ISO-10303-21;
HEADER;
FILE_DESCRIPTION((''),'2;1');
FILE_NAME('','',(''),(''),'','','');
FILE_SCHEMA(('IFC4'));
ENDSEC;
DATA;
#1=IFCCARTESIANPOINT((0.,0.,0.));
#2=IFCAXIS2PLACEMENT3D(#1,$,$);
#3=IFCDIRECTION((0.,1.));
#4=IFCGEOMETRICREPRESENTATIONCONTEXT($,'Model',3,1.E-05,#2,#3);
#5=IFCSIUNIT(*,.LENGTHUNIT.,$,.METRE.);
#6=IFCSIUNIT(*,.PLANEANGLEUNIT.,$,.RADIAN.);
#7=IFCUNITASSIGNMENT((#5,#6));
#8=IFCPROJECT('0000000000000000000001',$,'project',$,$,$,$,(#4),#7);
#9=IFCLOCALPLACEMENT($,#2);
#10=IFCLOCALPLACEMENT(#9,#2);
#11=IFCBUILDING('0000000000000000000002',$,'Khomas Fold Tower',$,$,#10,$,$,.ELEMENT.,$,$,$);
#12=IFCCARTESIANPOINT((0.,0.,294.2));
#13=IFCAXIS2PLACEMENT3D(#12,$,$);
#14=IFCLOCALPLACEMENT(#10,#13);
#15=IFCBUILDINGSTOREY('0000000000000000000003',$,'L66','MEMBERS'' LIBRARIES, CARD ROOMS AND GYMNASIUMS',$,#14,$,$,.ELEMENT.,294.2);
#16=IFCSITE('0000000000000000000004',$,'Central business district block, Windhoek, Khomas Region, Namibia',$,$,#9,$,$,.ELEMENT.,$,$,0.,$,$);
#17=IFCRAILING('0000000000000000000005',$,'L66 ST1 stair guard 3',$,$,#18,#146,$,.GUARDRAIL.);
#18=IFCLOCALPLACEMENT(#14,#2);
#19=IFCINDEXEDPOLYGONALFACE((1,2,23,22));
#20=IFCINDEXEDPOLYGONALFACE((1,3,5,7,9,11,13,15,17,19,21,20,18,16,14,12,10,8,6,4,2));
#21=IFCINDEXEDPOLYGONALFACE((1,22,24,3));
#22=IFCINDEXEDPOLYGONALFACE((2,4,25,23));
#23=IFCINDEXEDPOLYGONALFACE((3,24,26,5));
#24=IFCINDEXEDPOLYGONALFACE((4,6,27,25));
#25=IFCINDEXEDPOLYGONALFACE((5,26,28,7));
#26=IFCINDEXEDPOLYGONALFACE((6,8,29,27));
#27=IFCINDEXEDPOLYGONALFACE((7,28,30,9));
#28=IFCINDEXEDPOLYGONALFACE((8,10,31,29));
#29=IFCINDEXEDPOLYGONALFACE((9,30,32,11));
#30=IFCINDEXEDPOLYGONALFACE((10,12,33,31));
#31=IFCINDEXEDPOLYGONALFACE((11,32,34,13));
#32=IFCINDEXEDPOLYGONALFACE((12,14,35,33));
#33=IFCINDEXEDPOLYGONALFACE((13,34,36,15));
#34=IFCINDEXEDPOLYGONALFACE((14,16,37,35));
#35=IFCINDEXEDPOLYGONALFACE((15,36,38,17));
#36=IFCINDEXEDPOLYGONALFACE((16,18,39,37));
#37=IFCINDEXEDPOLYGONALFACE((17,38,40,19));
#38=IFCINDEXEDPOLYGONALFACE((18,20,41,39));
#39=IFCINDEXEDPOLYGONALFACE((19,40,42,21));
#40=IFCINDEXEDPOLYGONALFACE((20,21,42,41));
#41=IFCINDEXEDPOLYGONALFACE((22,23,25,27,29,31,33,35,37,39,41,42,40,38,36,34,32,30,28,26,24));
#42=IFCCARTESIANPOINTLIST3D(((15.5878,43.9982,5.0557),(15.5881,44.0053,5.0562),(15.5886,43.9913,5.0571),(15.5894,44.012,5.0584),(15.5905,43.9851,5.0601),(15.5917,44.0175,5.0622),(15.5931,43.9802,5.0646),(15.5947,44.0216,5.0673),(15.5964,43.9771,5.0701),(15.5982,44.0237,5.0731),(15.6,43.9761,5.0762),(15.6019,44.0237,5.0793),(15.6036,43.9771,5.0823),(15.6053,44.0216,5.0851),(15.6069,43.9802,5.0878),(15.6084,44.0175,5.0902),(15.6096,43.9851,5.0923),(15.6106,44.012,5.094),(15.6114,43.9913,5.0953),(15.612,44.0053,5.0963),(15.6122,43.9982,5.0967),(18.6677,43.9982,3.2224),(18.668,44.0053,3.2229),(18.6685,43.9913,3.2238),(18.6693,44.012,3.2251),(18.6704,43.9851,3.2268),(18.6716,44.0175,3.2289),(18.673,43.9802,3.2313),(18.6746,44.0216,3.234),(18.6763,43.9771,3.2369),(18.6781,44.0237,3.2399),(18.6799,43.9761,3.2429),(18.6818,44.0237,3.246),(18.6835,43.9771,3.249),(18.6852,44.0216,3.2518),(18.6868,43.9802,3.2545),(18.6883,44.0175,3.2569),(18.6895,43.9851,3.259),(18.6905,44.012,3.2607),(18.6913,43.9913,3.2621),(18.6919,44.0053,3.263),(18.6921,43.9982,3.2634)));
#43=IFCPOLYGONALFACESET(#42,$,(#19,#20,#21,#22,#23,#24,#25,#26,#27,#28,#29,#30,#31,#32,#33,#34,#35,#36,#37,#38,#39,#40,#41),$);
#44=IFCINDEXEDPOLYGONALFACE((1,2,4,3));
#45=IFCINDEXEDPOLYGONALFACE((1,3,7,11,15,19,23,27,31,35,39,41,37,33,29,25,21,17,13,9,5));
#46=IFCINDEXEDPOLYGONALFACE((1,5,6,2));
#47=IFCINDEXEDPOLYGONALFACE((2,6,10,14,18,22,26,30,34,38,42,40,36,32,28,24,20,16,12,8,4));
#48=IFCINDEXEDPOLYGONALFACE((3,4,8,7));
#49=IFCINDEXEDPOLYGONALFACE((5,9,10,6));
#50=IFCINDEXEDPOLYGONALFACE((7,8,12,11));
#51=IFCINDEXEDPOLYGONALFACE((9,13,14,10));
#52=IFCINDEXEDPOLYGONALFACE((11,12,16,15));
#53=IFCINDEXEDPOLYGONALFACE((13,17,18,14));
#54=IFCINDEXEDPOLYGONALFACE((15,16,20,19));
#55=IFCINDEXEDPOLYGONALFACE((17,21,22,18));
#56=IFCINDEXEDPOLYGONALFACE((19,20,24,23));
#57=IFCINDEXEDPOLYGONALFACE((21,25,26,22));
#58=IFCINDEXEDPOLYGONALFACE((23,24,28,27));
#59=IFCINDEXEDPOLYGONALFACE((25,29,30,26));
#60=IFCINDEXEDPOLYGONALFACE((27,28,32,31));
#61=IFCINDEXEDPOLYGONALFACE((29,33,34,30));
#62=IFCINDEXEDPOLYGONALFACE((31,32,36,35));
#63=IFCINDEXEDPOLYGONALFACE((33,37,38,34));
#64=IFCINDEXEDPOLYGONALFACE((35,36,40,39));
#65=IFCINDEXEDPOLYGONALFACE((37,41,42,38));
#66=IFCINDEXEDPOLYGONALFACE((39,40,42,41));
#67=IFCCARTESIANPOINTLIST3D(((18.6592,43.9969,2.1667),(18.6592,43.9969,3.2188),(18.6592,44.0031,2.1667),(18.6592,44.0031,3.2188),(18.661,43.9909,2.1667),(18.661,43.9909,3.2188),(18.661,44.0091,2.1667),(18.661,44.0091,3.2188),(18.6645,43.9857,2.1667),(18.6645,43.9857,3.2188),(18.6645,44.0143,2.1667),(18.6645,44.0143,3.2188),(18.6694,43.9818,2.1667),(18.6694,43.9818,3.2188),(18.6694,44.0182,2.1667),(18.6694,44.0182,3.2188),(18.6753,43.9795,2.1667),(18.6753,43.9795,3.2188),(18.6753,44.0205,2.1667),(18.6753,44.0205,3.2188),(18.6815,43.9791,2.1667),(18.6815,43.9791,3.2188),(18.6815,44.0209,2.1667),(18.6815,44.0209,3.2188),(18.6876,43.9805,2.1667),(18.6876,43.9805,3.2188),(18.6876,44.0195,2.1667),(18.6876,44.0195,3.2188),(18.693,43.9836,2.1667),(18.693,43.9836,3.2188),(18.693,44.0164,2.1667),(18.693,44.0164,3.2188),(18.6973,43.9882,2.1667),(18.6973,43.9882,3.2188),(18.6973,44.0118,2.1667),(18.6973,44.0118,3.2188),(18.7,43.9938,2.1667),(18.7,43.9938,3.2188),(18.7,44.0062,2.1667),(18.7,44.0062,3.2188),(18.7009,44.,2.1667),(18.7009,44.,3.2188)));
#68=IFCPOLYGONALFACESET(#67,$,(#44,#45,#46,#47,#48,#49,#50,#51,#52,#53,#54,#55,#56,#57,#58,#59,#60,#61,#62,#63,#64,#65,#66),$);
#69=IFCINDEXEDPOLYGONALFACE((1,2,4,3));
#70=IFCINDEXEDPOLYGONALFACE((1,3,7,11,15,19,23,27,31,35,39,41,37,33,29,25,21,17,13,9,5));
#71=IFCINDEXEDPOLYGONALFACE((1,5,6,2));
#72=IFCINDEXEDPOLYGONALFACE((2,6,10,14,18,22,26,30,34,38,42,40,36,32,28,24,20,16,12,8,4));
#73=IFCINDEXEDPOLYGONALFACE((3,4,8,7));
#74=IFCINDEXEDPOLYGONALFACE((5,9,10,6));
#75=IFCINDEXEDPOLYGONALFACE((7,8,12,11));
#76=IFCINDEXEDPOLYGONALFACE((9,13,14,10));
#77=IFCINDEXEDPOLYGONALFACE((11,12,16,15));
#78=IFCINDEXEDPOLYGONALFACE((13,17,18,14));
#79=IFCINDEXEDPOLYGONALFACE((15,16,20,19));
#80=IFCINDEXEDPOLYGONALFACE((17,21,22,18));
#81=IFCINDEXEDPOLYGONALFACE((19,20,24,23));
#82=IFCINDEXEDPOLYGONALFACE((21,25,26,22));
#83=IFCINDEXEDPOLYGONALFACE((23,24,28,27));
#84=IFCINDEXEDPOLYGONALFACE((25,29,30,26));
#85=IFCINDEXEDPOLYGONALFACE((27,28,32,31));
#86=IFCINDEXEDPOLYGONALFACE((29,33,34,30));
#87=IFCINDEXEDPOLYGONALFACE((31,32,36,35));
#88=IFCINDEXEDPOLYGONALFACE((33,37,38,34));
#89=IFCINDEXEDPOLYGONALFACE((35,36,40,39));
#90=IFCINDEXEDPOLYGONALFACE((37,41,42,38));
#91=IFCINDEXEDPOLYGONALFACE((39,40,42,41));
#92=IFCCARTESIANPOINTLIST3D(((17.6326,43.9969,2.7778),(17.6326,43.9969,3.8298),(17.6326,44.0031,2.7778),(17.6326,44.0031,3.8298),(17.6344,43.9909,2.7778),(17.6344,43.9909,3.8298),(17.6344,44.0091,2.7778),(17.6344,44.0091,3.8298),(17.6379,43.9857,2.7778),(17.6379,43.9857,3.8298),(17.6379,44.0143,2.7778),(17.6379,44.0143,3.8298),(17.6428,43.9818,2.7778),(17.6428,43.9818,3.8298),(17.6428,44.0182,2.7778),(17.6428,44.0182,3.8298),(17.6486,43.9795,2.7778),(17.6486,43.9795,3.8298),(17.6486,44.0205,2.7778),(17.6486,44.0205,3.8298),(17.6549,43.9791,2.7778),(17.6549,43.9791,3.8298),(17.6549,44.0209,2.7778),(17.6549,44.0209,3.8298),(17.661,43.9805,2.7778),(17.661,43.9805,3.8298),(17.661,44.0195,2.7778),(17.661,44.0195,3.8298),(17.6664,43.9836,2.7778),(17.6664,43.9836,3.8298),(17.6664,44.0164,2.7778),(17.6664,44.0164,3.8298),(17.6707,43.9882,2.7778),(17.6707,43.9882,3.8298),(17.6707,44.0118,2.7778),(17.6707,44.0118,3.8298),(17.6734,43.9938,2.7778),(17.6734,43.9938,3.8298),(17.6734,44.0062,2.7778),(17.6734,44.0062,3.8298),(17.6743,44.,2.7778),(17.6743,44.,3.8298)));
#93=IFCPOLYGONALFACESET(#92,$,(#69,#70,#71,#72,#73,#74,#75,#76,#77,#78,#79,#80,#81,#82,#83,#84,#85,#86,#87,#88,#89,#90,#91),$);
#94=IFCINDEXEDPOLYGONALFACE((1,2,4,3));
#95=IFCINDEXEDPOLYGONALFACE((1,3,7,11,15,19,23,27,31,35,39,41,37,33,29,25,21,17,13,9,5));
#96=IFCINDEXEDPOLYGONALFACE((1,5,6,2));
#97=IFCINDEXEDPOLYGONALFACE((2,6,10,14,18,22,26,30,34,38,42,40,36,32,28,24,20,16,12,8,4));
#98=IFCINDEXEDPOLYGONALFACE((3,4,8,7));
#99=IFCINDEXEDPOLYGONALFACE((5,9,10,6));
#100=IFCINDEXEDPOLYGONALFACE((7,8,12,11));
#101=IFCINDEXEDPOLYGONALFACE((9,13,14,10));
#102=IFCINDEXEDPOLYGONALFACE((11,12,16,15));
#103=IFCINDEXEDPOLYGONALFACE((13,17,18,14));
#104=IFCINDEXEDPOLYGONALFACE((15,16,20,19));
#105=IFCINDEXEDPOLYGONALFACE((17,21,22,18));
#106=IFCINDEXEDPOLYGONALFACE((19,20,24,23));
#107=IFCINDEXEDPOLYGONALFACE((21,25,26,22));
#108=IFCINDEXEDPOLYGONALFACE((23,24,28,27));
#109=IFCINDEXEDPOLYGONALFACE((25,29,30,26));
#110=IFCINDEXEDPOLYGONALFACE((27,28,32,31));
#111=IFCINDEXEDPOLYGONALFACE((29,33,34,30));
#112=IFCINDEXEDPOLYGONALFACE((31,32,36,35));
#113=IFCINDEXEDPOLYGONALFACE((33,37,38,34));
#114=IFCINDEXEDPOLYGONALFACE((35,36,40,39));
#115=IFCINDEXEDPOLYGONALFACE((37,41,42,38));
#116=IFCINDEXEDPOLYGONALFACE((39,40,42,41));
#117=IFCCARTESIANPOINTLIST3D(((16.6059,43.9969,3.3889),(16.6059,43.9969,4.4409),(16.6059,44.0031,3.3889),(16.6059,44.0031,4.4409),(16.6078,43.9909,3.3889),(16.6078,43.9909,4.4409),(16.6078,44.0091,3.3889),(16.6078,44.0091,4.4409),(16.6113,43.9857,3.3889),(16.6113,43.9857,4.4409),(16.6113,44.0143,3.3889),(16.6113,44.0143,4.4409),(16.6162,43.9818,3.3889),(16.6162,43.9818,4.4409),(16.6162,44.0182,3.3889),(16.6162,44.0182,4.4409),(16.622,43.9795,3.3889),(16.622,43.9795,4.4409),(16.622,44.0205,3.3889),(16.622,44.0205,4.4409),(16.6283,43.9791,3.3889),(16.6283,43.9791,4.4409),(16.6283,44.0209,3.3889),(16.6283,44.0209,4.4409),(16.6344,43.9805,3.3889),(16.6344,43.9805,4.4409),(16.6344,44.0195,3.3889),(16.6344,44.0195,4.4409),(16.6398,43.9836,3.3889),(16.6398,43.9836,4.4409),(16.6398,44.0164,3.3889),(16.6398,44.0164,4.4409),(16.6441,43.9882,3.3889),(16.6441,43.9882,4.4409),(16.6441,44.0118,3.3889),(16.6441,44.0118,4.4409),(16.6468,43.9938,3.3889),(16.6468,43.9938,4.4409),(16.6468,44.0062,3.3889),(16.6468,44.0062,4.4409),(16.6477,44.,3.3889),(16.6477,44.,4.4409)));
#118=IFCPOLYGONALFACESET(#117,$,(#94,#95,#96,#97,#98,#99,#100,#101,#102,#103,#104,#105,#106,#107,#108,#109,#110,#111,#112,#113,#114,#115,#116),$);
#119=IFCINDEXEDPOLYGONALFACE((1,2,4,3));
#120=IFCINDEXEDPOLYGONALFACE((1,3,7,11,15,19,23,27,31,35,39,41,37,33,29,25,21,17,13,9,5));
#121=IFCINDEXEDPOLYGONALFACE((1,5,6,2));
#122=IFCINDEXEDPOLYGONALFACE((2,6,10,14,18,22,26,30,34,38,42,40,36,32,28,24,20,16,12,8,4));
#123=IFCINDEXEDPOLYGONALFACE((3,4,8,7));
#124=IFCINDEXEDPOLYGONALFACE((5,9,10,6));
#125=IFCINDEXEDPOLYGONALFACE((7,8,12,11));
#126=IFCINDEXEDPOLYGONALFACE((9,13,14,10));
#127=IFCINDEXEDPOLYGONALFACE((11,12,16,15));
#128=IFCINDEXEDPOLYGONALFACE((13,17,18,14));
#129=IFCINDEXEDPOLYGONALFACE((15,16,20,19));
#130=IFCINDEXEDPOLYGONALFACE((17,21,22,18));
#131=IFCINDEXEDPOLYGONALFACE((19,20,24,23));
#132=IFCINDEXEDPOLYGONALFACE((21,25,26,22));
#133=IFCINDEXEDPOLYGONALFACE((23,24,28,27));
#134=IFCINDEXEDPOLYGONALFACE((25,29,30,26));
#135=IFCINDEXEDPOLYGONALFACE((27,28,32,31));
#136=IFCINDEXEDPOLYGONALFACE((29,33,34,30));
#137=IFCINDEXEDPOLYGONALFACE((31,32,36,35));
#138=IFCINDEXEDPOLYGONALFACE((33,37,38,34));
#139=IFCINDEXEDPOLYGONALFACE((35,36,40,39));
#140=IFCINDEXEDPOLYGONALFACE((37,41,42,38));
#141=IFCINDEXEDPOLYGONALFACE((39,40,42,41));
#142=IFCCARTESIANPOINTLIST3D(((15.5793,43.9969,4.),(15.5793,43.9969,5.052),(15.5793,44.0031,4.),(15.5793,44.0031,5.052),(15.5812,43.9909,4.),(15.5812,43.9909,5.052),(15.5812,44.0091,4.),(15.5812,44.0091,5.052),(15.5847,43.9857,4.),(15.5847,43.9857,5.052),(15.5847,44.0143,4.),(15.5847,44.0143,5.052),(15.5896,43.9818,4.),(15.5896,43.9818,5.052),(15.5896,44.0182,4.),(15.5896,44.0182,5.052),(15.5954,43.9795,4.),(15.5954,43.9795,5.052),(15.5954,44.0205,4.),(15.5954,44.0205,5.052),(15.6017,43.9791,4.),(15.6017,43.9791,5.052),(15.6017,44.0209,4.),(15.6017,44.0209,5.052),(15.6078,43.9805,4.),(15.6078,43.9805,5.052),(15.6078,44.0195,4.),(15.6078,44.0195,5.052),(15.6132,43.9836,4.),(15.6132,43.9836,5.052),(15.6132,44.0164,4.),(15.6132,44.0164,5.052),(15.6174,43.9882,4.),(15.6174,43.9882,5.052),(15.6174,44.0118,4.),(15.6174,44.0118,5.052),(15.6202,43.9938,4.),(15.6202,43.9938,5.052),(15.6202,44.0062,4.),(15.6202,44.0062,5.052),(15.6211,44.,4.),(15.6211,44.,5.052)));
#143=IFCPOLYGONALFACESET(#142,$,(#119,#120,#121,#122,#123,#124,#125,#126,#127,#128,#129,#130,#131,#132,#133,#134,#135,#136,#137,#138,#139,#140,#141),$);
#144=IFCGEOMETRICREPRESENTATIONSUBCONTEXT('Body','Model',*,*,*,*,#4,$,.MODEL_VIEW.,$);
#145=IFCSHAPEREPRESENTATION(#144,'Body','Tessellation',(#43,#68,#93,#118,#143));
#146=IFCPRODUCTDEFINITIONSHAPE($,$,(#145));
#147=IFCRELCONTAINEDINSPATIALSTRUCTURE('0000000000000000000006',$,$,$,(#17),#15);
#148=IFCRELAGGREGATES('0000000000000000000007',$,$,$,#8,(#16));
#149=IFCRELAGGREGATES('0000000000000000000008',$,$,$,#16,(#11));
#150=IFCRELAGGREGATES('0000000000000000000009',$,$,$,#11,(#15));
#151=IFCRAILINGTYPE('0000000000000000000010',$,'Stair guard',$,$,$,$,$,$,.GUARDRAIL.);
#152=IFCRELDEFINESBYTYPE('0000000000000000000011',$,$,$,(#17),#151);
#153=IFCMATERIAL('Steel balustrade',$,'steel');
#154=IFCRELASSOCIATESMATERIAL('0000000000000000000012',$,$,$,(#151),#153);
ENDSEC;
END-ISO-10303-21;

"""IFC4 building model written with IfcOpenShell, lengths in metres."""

from ifc_helpers import new_model, si_unit, direction, frame, origin, origin_2d, place, context, subcontext, project, spatial, circle, extrude, source, transform, mapped, material, type_object, element, save


model = new_model("IFC4")

# Units and contexts
model_context = context("Model", 3, precision=1e-05, world=origin(), true_north=direction((0.0, 1.0)))
body_context = subcontext(model_context, "Body", "Model", "MODEL_VIEW")
ifc_project = project(units=[si_unit("LENGTHUNIT", "METRE"), si_unit("PLANEANGLEUNIT", "RADIAN")], contexts=[model_context])

# Site, building, storey
site_placement = place(None, origin())
site = spatial("IfcSite", under=ifc_project, at=site_placement, Name="Central business district block, Windhoek, Khomas Region, Namibia", CompositionType="ELEMENT", RefElevation=0.0)
building_placement = place(site_placement, origin())
building = spatial("IfcBuilding", under=site, at=building_placement, Name="Khomas Fold Tower", CompositionType="ELEMENT")
storey_placement = place(building_placement, frame((0.0, 0.0, 294.2)))
storey = spatial("IfcBuildingStorey", under=building, at=storey_placement, Name="L66", Description="MEMBERS' LIBRARIES, CARD ROOMS AND GYMNASIUMS", CompositionType="ELEMENT", Elevation=294.2)

# Railing
ifc_material_1 = material(Name="Steel balustrade", Category="steel")
railing_type_1 = type_object("IfcRailingType", Name="Stair guard", PredefinedType="GUARDRAIL", material=ifc_material_1)
shared_shape_1 = source(origin(), body_context, "Body", "SweptSolid", [
    extrude(circle(Radius=0.0239, at=origin_2d()), frame((0.0, 0.0, 1.0762), z_axis=(-0.859291, 0.0, 0.511487), x_axis=(0.0, -1.0, 0.0)), (0.0, 0.0, 1.0), 3.5842),
    extrude(circle(Radius=0.021, at=origin_2d()), origin(), (0.0, 0.0, 1.0), 1.052),
    extrude(circle(Radius=0.021, at=origin_2d()), frame((-1.0266, 0.0, 0.6111)), (0.0, 0.0, 1.0), 1.052),
    extrude(circle(Radius=0.021, at=origin_2d()), frame((-2.0532, 0.0, 1.2222)), (0.0, 0.0, 1.0), 1.052),
    extrude(circle(Radius=0.021, at=origin_2d()), frame((-3.0798, 0.0, 1.8333)), (0.0, 0.0, 1.0), 1.052),
])
railing_1_placement = place(storey_placement, frame((18.6799, 44.0, 2.1667)))
element("IfcRailing", 1, at=railing_1_placement, inside=storey, type_object=railing_type_1, Name="L66 ST1 stair guard 3", PredefinedType="GUARDRAIL", context=body_context, shape_type="MappedRepresentation", body=[
    mapped(shared_shape_1, transform((0.0, 0.0, 0.0))),
])

save(model, "model.ifc")
